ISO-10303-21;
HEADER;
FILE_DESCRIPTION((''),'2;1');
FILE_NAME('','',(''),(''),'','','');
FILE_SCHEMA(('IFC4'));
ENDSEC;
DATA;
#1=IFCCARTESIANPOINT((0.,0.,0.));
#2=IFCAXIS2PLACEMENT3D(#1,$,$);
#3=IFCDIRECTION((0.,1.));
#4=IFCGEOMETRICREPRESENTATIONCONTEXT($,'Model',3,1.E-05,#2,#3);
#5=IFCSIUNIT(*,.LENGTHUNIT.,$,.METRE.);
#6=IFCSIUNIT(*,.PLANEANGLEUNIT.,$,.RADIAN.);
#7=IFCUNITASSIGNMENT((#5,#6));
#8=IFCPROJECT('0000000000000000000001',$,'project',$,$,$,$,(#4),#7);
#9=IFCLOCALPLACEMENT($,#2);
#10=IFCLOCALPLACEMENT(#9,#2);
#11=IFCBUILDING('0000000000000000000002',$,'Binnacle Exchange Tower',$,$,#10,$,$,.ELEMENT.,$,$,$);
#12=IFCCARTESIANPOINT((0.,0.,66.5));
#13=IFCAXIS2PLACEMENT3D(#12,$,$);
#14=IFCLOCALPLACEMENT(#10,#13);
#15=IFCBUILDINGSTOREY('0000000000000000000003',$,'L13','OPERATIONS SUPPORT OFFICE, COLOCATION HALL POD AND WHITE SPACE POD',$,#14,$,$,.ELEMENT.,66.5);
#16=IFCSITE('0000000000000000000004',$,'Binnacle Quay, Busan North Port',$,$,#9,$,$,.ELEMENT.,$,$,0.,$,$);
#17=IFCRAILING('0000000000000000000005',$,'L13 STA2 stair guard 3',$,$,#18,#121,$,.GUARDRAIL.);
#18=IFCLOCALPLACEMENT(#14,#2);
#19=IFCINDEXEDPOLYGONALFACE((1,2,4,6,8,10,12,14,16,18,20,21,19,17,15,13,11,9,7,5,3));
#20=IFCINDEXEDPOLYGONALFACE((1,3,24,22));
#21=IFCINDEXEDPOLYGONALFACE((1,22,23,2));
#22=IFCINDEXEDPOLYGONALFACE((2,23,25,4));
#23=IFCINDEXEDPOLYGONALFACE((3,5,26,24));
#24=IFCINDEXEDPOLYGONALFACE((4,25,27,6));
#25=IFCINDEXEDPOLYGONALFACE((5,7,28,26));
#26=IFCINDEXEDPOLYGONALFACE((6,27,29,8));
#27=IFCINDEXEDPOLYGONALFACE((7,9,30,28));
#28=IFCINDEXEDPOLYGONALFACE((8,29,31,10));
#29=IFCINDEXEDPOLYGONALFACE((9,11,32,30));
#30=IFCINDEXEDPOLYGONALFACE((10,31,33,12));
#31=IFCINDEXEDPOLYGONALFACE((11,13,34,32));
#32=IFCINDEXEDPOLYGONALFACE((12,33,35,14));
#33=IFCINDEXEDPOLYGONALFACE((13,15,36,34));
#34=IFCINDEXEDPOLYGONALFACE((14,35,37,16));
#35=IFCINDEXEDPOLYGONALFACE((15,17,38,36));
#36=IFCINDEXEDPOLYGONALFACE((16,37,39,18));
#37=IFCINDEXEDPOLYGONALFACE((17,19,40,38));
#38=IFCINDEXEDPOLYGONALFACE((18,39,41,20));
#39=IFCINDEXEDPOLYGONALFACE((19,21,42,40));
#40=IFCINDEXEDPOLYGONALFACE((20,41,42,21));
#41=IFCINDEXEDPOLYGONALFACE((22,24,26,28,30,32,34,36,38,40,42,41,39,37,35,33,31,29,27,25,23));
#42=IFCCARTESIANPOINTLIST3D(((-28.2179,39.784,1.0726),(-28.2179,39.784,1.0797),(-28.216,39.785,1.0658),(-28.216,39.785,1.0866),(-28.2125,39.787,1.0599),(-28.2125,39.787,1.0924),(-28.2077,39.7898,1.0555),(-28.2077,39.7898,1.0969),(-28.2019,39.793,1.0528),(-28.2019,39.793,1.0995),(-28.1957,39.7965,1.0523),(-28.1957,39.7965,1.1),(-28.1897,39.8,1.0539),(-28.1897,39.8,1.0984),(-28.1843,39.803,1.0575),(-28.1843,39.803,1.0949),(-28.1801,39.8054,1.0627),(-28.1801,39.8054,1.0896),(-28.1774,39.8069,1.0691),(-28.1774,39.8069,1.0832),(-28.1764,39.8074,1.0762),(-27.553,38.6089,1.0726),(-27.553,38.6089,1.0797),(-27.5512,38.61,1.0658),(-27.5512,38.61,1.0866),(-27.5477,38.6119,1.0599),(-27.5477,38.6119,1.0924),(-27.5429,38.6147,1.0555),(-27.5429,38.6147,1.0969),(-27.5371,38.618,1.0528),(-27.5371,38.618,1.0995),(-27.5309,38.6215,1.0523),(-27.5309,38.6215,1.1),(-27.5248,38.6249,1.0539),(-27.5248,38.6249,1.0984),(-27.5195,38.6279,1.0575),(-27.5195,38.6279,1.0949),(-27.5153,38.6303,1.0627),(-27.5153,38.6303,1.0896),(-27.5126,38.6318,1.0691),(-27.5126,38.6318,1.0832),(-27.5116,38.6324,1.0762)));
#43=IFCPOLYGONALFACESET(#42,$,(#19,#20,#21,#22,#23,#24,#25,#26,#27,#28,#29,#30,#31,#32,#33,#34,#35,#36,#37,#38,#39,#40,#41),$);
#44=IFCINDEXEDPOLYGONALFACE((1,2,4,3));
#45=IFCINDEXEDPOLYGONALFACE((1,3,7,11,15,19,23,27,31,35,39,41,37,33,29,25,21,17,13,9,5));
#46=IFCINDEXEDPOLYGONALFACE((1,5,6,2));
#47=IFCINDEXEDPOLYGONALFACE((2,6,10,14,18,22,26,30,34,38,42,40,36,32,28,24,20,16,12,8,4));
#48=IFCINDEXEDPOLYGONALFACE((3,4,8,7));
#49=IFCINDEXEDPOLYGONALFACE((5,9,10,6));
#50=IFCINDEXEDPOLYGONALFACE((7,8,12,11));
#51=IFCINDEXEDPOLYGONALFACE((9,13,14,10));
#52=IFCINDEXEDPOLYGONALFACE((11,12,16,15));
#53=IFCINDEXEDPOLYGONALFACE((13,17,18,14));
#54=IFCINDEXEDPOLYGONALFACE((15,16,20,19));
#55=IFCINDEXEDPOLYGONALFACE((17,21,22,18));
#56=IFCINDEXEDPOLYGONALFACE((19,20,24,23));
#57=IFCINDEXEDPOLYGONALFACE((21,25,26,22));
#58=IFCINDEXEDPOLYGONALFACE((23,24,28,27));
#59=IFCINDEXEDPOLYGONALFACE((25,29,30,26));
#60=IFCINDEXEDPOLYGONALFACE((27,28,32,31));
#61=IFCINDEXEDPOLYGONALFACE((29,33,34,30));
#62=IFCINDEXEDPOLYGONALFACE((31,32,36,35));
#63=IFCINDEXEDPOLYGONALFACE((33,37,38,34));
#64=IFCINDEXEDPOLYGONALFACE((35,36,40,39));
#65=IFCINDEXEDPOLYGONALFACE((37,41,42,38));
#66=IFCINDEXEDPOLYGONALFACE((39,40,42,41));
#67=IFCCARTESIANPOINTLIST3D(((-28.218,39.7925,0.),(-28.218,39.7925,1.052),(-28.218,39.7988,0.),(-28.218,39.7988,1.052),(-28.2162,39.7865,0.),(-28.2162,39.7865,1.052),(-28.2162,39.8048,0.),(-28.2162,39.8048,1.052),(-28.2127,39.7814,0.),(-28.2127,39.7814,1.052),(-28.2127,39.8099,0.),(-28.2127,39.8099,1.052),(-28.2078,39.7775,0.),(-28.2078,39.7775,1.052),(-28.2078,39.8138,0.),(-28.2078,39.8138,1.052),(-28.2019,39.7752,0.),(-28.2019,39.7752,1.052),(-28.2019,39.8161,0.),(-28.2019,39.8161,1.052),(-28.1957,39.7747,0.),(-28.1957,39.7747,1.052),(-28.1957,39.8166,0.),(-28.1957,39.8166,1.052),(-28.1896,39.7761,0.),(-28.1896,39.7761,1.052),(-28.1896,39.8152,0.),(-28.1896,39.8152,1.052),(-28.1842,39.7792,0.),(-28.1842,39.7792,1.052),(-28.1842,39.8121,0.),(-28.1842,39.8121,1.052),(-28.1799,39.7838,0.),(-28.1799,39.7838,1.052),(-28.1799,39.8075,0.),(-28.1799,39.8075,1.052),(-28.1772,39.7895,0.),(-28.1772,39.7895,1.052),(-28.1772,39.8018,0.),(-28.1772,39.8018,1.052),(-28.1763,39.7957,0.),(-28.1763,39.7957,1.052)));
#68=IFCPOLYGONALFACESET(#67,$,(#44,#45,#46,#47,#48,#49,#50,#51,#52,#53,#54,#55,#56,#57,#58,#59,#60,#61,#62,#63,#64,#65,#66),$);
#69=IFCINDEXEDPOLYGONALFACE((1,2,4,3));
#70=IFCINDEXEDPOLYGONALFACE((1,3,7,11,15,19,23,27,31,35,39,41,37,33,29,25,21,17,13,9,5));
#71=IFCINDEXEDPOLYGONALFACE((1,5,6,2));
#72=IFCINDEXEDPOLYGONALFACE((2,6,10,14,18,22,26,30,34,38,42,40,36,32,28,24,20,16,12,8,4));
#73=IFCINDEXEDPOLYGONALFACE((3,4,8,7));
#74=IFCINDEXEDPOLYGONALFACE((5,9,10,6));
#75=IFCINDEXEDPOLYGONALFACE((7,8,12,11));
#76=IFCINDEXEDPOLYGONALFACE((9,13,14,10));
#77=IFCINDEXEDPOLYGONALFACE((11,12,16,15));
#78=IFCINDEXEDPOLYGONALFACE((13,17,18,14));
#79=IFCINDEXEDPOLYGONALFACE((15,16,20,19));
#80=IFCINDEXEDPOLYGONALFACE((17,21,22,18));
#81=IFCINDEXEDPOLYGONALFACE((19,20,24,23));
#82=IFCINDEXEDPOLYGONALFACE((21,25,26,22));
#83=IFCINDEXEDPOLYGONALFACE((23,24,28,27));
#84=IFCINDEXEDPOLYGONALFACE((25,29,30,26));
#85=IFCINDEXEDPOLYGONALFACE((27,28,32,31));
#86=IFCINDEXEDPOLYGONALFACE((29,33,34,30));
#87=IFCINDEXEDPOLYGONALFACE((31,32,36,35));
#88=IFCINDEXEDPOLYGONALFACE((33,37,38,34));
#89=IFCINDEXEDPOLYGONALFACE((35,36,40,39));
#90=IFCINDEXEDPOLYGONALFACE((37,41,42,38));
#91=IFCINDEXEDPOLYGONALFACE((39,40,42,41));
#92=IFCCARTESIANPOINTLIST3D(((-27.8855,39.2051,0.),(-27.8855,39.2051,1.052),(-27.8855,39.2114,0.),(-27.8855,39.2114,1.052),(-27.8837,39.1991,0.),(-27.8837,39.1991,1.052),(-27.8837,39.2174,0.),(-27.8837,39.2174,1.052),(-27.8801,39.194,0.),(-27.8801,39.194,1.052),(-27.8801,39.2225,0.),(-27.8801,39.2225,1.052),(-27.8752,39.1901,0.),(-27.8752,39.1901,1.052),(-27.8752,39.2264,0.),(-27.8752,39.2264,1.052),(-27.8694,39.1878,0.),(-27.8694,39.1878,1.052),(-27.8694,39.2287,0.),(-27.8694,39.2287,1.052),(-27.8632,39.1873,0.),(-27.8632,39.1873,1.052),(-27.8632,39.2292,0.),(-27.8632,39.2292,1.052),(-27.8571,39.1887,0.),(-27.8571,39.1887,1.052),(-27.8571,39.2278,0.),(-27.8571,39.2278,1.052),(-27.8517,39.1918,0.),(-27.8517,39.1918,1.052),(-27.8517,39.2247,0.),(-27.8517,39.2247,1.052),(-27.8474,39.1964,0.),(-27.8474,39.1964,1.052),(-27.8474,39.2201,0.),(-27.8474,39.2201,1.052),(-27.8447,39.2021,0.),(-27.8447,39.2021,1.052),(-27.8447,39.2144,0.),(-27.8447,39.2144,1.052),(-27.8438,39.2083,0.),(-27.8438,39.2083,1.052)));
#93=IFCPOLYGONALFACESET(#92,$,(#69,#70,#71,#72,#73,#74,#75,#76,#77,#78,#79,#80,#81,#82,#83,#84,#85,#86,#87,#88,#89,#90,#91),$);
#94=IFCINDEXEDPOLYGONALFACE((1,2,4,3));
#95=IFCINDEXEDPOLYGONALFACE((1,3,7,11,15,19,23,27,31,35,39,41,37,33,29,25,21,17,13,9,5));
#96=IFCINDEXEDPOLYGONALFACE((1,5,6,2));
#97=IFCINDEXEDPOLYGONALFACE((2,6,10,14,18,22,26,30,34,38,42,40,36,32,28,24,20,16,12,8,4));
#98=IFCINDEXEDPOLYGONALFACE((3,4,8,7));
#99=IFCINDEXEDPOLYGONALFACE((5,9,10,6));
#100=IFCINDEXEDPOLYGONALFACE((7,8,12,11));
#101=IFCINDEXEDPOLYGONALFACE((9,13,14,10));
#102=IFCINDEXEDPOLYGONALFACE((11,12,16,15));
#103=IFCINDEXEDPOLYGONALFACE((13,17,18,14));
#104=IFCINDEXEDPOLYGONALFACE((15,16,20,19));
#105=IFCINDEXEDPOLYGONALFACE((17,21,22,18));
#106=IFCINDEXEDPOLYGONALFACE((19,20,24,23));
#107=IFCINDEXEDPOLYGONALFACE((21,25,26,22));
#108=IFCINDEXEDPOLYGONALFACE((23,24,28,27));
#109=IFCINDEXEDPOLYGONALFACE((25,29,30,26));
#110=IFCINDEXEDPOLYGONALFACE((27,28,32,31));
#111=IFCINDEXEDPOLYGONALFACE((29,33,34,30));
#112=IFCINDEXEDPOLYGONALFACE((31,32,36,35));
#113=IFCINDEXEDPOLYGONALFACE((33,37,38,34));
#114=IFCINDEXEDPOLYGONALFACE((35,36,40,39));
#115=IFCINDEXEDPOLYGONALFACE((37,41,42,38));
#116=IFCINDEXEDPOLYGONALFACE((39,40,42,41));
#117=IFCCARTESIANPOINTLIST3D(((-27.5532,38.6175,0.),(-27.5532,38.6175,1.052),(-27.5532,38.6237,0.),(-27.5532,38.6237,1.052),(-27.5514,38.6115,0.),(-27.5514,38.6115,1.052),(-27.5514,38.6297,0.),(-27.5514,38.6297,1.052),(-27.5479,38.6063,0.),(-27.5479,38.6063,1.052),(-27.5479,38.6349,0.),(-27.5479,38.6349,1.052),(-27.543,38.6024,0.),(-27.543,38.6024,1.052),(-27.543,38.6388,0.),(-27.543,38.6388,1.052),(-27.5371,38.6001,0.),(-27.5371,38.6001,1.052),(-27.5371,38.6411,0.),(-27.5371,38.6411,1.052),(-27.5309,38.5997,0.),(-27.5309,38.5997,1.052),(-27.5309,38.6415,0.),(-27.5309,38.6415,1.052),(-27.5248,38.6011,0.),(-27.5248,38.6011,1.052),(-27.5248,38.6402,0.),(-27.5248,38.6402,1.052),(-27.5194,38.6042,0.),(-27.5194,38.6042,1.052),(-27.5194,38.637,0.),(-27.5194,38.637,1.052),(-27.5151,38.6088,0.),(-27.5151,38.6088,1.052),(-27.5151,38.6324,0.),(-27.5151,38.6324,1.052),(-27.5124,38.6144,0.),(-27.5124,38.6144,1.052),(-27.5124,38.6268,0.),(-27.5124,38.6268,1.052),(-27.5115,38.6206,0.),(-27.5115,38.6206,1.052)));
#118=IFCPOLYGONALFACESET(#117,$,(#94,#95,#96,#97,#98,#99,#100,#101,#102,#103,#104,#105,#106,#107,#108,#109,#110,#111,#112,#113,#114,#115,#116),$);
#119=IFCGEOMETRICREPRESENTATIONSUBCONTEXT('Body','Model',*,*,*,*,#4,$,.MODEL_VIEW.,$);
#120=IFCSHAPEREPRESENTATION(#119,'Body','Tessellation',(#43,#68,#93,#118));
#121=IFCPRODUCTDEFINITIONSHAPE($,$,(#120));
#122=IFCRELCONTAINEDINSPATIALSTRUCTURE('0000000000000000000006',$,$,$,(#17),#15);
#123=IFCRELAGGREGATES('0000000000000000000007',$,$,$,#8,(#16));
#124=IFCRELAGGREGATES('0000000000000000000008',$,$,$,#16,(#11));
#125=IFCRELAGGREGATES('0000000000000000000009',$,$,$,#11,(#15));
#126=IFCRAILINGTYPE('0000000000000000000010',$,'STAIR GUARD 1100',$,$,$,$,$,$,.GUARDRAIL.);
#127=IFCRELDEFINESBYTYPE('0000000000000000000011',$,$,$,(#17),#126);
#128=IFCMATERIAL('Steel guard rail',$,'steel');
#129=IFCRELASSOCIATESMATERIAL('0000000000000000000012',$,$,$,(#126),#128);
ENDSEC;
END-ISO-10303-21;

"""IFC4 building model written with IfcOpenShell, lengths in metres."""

from ifc_helpers import new_model, si_unit, direction, frame, origin, origin_2d, place, context, subcontext, project, spatial, circle, extrude, material, type_object, element, save


model = new_model("IFC4")

# Units and contexts
model_context = context("Model", 3, precision=1e-05, world=origin(), true_north=direction((0.0, 1.0)))
body_context = subcontext(model_context, "Body", "Model", "MODEL_VIEW")
ifc_project = project(units=[si_unit("LENGTHUNIT", "METRE"), si_unit("PLANEANGLEUNIT", "RADIAN")], contexts=[model_context])

# Site, building, storey
site_placement = place(None, origin())
site = spatial("IfcSite", under=ifc_project, at=site_placement, Name="Binnacle Quay, Busan North Port", CompositionType="ELEMENT", RefElevation=0.0)
building_placement = place(site_placement, origin())
building = spatial("IfcBuilding", under=site, at=building_placement, Name="Binnacle Exchange Tower", CompositionType="ELEMENT")
storey_placement = place(building_placement, frame((0.0, 0.0, 66.5)))
storey = spatial("IfcBuildingStorey", under=building, at=storey_placement, Name="L13", Description="OPERATIONS SUPPORT OFFICE, COLOCATION HALL POD AND WHITE SPACE POD", CompositionType="ELEMENT", Elevation=66.5)

# Railing
ifc_material_1 = material(Name="Steel guard rail", Category="steel")
railing_type_1 = type_object("IfcRailingType", Name="STAIR GUARD 1100", PredefinedType="GUARDRAIL", material=ifc_material_1)
railing_1_placement = place(storey_placement, frame((-28.1973, 39.7957, 0.0)))
element("IfcRailing", 1, at=railing_1_placement, inside=storey, type_object=railing_type_1, Name="L13 STA2 stair guard 3", PredefinedType="GUARDRAIL", context=body_context, shape_type="SweptSolid", body=[
    extrude(circle(Radius=0.0239, at=origin_2d()), frame((0.0, 0.0, 1.0762), z_axis=(0.492415, -0.870361, 0.0), x_axis=(0.870361, 0.492415, 0.0)), (0.0, 0.0, 1.0), 1.3501),
    extrude(circle(Radius=0.021, at=origin_2d()), origin(), (0.0, 0.0, 1.0), 1.052),
    extrude(circle(Radius=0.021, at=origin_2d()), frame((0.3325, -0.5874, 0.0)), (0.0, 0.0, 1.0), 1.052),
    extrude(circle(Radius=0.021, at=origin_2d()), frame((0.6648, -1.175, 0.0)), (0.0, 0.0, 1.0), 1.052),
])

save(model, "model.ifc")
